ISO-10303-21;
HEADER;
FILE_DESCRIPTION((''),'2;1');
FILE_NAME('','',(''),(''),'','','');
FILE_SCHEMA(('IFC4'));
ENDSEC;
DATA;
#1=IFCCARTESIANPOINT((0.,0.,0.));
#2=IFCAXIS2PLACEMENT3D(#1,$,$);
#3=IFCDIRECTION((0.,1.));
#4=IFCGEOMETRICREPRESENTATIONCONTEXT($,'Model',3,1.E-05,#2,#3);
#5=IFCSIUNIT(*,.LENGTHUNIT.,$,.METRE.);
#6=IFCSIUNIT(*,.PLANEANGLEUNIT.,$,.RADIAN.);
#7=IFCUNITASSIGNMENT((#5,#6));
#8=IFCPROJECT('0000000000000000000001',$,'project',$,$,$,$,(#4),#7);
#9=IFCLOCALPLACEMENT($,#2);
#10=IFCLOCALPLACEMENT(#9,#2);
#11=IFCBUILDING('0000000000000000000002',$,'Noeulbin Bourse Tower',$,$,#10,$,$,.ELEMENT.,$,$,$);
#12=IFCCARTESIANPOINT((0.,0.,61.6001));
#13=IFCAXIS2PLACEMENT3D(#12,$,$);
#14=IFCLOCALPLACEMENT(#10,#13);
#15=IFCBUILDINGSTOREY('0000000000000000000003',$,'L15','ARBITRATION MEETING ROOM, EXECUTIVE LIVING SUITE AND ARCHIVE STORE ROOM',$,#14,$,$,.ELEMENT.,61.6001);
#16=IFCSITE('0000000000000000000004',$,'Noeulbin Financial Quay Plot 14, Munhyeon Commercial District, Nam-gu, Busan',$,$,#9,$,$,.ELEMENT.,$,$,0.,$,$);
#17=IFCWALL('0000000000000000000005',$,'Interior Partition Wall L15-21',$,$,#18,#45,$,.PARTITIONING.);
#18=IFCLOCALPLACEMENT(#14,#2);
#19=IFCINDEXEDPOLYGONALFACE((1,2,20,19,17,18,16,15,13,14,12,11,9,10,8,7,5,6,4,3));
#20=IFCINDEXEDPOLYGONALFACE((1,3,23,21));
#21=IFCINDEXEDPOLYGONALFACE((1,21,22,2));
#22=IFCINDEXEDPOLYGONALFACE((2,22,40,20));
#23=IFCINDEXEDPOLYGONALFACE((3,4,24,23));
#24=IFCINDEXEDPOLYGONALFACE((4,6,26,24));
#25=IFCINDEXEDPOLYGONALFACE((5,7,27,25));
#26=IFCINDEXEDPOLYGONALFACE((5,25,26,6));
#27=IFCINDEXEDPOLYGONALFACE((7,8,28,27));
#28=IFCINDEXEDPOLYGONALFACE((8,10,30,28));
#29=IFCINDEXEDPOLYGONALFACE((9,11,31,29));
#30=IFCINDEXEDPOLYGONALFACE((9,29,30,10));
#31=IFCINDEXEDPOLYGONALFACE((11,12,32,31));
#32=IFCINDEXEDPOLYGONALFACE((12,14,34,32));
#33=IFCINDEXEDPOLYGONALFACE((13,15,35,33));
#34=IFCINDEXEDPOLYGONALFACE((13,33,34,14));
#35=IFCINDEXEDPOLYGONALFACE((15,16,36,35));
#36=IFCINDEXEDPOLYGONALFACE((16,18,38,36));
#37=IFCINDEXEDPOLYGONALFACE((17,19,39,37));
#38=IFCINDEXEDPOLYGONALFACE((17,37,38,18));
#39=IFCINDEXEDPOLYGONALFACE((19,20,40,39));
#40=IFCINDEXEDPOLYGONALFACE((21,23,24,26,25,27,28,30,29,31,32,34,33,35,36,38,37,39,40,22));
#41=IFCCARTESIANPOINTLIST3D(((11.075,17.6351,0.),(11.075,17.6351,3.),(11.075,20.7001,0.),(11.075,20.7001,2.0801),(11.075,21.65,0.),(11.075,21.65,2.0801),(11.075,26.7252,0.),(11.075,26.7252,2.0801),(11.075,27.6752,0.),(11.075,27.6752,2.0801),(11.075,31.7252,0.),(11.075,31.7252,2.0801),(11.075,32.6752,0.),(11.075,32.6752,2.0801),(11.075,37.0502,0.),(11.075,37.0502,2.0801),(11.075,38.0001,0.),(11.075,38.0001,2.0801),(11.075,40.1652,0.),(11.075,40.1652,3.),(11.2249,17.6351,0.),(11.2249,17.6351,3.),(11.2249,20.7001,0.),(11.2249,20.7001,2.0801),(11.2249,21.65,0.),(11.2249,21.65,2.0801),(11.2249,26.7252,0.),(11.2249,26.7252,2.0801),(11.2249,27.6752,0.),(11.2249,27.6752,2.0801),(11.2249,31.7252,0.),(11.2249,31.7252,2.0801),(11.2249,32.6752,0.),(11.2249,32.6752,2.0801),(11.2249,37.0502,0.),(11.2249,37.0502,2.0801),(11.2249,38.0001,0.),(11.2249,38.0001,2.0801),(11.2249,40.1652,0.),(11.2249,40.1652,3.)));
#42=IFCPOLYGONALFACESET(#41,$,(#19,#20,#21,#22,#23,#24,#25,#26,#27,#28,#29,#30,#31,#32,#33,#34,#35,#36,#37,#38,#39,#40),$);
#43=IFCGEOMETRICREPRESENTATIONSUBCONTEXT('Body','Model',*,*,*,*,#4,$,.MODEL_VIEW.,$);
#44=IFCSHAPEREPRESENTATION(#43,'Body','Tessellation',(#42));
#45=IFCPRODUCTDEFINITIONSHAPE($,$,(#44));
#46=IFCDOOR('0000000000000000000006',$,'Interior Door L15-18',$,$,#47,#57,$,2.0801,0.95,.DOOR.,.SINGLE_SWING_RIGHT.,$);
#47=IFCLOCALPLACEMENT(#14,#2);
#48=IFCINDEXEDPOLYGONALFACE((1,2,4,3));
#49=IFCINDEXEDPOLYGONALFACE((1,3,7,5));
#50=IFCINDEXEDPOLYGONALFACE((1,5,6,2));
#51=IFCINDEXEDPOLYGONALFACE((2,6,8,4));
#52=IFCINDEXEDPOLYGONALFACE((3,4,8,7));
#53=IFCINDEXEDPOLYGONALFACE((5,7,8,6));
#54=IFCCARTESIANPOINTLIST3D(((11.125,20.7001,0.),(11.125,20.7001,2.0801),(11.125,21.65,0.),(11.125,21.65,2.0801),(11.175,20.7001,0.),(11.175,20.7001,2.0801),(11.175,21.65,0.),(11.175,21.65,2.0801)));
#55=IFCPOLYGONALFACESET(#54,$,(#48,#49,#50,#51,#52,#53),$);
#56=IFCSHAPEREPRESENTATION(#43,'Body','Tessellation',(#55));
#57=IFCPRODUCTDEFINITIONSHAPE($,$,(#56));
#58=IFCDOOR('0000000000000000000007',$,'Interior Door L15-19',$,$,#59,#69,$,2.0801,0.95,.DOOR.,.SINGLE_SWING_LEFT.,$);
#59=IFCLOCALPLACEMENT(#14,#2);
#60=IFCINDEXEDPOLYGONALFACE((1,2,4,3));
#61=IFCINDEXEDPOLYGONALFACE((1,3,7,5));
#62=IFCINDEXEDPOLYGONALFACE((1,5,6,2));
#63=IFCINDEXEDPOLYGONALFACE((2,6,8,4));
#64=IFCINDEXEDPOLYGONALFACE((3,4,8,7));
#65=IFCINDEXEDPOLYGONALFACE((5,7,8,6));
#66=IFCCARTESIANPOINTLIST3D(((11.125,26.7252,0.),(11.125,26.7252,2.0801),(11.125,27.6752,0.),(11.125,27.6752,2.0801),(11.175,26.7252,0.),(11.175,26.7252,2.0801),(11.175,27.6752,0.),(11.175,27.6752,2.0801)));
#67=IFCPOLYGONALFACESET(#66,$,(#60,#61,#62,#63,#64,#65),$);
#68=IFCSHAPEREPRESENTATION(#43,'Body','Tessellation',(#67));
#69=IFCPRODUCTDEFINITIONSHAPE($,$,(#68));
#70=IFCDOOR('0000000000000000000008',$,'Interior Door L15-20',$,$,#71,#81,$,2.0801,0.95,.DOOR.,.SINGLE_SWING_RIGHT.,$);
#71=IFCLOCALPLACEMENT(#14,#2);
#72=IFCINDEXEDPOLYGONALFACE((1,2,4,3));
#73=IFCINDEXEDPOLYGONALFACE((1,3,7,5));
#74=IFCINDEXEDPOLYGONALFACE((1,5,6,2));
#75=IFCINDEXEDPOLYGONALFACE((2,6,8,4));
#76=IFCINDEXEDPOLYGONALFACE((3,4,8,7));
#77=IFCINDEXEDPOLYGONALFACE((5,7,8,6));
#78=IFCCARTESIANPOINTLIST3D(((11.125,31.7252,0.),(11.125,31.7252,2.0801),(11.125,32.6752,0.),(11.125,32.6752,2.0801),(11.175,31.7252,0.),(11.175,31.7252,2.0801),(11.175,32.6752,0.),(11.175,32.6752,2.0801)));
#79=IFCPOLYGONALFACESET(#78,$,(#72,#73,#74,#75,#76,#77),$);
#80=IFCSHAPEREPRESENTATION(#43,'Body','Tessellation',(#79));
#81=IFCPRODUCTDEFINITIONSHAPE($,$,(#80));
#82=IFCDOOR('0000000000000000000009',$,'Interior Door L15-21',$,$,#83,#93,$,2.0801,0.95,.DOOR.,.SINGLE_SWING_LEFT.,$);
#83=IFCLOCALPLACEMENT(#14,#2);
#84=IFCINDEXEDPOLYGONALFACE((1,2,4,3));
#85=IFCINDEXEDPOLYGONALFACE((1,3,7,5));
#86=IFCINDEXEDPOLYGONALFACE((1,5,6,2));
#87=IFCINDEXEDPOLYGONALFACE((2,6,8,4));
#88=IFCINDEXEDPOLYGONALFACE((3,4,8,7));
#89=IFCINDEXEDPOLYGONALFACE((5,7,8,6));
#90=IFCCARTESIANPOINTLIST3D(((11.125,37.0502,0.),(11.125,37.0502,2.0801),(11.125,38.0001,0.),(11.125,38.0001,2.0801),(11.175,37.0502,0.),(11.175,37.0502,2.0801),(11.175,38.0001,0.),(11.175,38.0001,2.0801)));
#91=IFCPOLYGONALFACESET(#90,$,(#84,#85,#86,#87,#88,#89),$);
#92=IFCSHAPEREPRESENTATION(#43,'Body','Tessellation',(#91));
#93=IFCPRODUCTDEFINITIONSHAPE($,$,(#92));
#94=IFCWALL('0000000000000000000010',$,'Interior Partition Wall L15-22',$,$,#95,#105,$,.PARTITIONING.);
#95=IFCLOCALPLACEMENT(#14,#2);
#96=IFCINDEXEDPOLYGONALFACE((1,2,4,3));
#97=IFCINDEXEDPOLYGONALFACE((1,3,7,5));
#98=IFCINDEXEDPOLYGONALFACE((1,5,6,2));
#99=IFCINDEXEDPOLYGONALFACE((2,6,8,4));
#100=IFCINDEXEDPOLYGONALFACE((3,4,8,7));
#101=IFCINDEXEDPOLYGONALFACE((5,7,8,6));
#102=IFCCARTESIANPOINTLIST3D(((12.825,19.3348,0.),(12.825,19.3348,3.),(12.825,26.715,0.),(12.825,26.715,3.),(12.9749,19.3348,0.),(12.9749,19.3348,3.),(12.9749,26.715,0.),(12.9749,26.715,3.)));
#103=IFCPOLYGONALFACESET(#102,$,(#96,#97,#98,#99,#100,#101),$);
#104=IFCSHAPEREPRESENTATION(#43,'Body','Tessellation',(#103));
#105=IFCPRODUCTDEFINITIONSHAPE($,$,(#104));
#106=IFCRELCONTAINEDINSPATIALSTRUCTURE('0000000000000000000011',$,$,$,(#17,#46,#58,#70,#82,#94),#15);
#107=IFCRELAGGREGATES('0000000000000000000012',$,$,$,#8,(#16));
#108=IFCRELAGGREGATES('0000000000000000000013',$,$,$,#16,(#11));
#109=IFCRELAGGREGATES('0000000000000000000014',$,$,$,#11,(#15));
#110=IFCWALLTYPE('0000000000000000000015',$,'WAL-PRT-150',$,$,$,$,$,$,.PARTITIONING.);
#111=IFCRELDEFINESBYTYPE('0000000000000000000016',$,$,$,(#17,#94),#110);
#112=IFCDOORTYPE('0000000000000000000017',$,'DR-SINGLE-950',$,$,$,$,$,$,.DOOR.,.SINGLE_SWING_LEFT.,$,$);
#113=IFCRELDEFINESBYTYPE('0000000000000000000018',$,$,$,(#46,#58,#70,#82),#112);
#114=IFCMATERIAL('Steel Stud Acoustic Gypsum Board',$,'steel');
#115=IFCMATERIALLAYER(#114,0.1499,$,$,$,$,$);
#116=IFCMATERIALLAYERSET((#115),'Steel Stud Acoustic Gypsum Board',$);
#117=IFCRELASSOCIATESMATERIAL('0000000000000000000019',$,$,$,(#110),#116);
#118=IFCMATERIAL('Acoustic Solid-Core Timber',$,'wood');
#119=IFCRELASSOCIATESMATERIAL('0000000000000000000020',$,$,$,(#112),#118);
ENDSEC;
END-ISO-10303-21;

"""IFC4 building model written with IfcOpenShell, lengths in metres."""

from ifc_helpers import new_model, si_unit, direction, frame, frame_2d, origin, place, context, subcontext, project, spatial, rectangle, extrude, material, layer, layer_set, type_object, element, fill, save


model = new_model("IFC4")

# Units and contexts
model_context = context("Model", 3, precision=1e-05, world=origin(), true_north=direction((0.0, 1.0)))
body_context = subcontext(model_context, "Body", "Model", "MODEL_VIEW")
ifc_project = project(units=[si_unit("LENGTHUNIT", "METRE"), si_unit("PLANEANGLEUNIT", "RADIAN")], contexts=[model_context])

# Site, building, storey
site_placement = place(None, origin())
site = spatial("IfcSite", under=ifc_project, at=site_placement, Name="Noeulbin Financial Quay Plot 14, Munhyeon Commercial District, Nam-gu, Busan", CompositionType="ELEMENT", RefElevation=0.0)
building_placement = place(site_placement, origin())
building = spatial("IfcBuilding", under=site, at=building_placement, Name="Noeulbin Bourse Tower", CompositionType="ELEMENT")
storey_placement = place(building_placement, frame((0.0, 0.0, 61.6001)))
storey = spatial("IfcBuildingStorey", under=building, at=storey_placement, Name="L15", Description="ARBITRATION MEETING ROOM, EXECUTIVE LIVING SUITE AND ARCHIVE STORE ROOM", CompositionType="ELEMENT", Elevation=61.6001)

# Shared definitions
ifc_material_1 = material(Name="Steel Stud Acoustic Gypsum Board", Category="steel")
ifc_layer_1 = layer(ifc_material_1, 0.1499)
ifc_layer_set_1 = layer_set([ifc_layer_1], Name="Steel Stud Acoustic Gypsum Board")
wall_type = type_object("IfcWallType", Name="WAL-PRT-150", PredefinedType="PARTITIONING", material=ifc_layer_set_1)
ifc_material_2 = material(Name="Acoustic Solid-Core Timber", Category="wood")
door_type = type_object("IfcDoorType", Name="DR-SINGLE-950", OperationType="SINGLE_SWING_LEFT", PredefinedType="DOOR", material=ifc_material_2)

# Wall, openings, doors
wall_1_placement = place(storey_placement, frame((11.1499, 17.635, 0.0), z_axis=(0.0, 0.0, 1.0), x_axis=(0.0, 1.0, 0.0)))
wall_1 = element("IfcWall", 1, at=wall_1_placement, inside=storey, type_object=wall_type, Name="Interior Partition Wall L15-21", PredefinedType="PARTITIONING", context=body_context, shape_type="SweptSolid", body=[
    extrude(rectangle(XDim=22.53, YDim=0.1499, at=frame_2d((11.2651, 0.0))), origin(), (0.0, 0.0, 1.0), 3.0),
])
opening_1_placement = place(wall_1_placement, frame((3.0649, 0.0, 0.0)))
opening_1 = element("IfcOpeningElement", 2, at=opening_1_placement, cuts=wall_1, PredefinedType="OPENING", context=body_context, shape_type="SweptSolid", body=[
    extrude(rectangle(XDim=0.95, YDim=2.0801, at=frame_2d((0.4751, 1.04))), frame((0.0, 0.085, 0.0), z_axis=(0.0, -1.0, 0.0), x_axis=(1.0, 0.0, 0.0)), (0.0, 0.0, 1.0), 0.1699),
])
opening_2_placement = place(wall_1_placement, frame((9.0901, 0.0, 0.0)))
opening_2 = element("IfcOpeningElement", 3, at=opening_2_placement, cuts=wall_1, PredefinedType="OPENING", context=body_context, shape_type="SweptSolid", body=[
    extrude(rectangle(XDim=0.95, YDim=2.0801, at=frame_2d((0.4751, 1.04))), frame((0.0, 0.085, 0.0), z_axis=(0.0, -1.0, 0.0), x_axis=(1.0, 0.0, 0.0)), (0.0, 0.0, 1.0), 0.1699),
])
opening_3_placement = place(wall_1_placement, frame((14.0901, 0.0, 0.0)))
opening_3 = element("IfcOpeningElement", 4, at=opening_3_placement, cuts=wall_1, PredefinedType="OPENING", context=body_context, shape_type="SweptSolid", body=[
    extrude(rectangle(XDim=0.95, YDim=2.0801, at=frame_2d((0.4751, 1.04))), frame((0.0, 0.085, 0.0), z_axis=(0.0, -1.0, 0.0), x_axis=(1.0, 0.0, 0.0)), (0.0, 0.0, 1.0), 0.1699),
])
opening_4_placement = place(wall_1_placement, frame((19.415, 0.0, 0.0)))
opening_4 = element("IfcOpeningElement", 5, at=opening_4_placement, cuts=wall_1, PredefinedType="OPENING", context=body_context, shape_type="SweptSolid", body=[
    extrude(rectangle(XDim=0.95, YDim=2.0801, at=frame_2d((0.4751, 1.04))), frame((0.0, 0.085, 0.0), z_axis=(0.0, -1.0, 0.0), x_axis=(1.0, 0.0, 0.0)), (0.0, 0.0, 1.0), 0.1699),
])
door_1_placement = place(opening_1_placement, origin())
door_1 = element("IfcDoor", 6, at=door_1_placement, inside=storey, type_object=door_type, Name="Interior Door L15-18", OperationType="SINGLE_SWING_RIGHT", OverallHeight=2.0801, OverallWidth=0.95, PredefinedType="DOOR", context=body_context, shape_type="SweptSolid", body=[
    extrude(rectangle(XDim=0.95, YDim=2.0801, at=frame_2d((0.4751, 1.04))), frame((0.0, 0.0249, 0.0), z_axis=(0.0, -1.0, 0.0), x_axis=(1.0, 0.0, 0.0)), (0.0, 0.0, 1.0), 0.05),
])
fill(opening_1, door_1)
door_2_placement = place(opening_2_placement, origin())
door_2 = element("IfcDoor", 7, at=door_2_placement, inside=storey, type_object=door_type, Name="Interior Door L15-19", OperationType="SINGLE_SWING_LEFT", OverallHeight=2.0801, OverallWidth=0.95, PredefinedType="DOOR", context=body_context, shape_type="SweptSolid", body=[
    extrude(rectangle(XDim=0.95, YDim=2.0801, at=frame_2d((0.4751, 1.04))), frame((0.0, 0.0249, 0.0), z_axis=(0.0, -1.0, 0.0), x_axis=(1.0, 0.0, 0.0)), (0.0, 0.0, 1.0), 0.05),
])
fill(opening_2, door_2)
door_3_placement = place(opening_3_placement, origin())
door_3 = element("IfcDoor", 8, at=door_3_placement, inside=storey, type_object=door_type, Name="Interior Door L15-20", OperationType="SINGLE_SWING_RIGHT", OverallHeight=2.0801, OverallWidth=0.95, PredefinedType="DOOR", context=body_context, shape_type="SweptSolid", body=[
    extrude(rectangle(XDim=0.95, YDim=2.0801, at=frame_2d((0.4751, 1.04))), frame((0.0, 0.0249, 0.0), z_axis=(0.0, -1.0, 0.0), x_axis=(1.0, 0.0, 0.0)), (0.0, 0.0, 1.0), 0.05),
])
fill(opening_3, door_3)
door_4_placement = place(opening_4_placement, origin())
door_4 = element("IfcDoor", 9, at=door_4_placement, inside=storey, type_object=door_type, Name="Interior Door L15-21", OperationType="SINGLE_SWING_LEFT", OverallHeight=2.0801, OverallWidth=0.95, PredefinedType="DOOR", context=body_context, shape_type="SweptSolid", body=[
    extrude(rectangle(XDim=0.95, YDim=2.0801, at=frame_2d((0.4751, 1.04))), frame((0.0, 0.0249, 0.0), z_axis=(0.0, -1.0, 0.0), x_axis=(1.0, 0.0, 0.0)), (0.0, 0.0, 1.0), 0.05),
])
fill(opening_4, door_4)

# Wall
wall_2_placement = place(storey_placement, frame((12.8999, 19.335, 0.0), z_axis=(0.0, 0.0, 1.0), x_axis=(0.0, 1.0, 0.0)))
element("IfcWall", 10, at=wall_2_placement, inside=storey, type_object=wall_type, Name="Interior Partition Wall L15-22", PredefinedType="PARTITIONING", context=body_context, shape_type="SweptSolid", body=[
    extrude(rectangle(XDim=7.3801, YDim=0.1499, at=frame_2d((3.6899, 0.0))), origin(), (0.0, 0.0, 1.0), 3.0),
])

save(model, "model.ifc")
